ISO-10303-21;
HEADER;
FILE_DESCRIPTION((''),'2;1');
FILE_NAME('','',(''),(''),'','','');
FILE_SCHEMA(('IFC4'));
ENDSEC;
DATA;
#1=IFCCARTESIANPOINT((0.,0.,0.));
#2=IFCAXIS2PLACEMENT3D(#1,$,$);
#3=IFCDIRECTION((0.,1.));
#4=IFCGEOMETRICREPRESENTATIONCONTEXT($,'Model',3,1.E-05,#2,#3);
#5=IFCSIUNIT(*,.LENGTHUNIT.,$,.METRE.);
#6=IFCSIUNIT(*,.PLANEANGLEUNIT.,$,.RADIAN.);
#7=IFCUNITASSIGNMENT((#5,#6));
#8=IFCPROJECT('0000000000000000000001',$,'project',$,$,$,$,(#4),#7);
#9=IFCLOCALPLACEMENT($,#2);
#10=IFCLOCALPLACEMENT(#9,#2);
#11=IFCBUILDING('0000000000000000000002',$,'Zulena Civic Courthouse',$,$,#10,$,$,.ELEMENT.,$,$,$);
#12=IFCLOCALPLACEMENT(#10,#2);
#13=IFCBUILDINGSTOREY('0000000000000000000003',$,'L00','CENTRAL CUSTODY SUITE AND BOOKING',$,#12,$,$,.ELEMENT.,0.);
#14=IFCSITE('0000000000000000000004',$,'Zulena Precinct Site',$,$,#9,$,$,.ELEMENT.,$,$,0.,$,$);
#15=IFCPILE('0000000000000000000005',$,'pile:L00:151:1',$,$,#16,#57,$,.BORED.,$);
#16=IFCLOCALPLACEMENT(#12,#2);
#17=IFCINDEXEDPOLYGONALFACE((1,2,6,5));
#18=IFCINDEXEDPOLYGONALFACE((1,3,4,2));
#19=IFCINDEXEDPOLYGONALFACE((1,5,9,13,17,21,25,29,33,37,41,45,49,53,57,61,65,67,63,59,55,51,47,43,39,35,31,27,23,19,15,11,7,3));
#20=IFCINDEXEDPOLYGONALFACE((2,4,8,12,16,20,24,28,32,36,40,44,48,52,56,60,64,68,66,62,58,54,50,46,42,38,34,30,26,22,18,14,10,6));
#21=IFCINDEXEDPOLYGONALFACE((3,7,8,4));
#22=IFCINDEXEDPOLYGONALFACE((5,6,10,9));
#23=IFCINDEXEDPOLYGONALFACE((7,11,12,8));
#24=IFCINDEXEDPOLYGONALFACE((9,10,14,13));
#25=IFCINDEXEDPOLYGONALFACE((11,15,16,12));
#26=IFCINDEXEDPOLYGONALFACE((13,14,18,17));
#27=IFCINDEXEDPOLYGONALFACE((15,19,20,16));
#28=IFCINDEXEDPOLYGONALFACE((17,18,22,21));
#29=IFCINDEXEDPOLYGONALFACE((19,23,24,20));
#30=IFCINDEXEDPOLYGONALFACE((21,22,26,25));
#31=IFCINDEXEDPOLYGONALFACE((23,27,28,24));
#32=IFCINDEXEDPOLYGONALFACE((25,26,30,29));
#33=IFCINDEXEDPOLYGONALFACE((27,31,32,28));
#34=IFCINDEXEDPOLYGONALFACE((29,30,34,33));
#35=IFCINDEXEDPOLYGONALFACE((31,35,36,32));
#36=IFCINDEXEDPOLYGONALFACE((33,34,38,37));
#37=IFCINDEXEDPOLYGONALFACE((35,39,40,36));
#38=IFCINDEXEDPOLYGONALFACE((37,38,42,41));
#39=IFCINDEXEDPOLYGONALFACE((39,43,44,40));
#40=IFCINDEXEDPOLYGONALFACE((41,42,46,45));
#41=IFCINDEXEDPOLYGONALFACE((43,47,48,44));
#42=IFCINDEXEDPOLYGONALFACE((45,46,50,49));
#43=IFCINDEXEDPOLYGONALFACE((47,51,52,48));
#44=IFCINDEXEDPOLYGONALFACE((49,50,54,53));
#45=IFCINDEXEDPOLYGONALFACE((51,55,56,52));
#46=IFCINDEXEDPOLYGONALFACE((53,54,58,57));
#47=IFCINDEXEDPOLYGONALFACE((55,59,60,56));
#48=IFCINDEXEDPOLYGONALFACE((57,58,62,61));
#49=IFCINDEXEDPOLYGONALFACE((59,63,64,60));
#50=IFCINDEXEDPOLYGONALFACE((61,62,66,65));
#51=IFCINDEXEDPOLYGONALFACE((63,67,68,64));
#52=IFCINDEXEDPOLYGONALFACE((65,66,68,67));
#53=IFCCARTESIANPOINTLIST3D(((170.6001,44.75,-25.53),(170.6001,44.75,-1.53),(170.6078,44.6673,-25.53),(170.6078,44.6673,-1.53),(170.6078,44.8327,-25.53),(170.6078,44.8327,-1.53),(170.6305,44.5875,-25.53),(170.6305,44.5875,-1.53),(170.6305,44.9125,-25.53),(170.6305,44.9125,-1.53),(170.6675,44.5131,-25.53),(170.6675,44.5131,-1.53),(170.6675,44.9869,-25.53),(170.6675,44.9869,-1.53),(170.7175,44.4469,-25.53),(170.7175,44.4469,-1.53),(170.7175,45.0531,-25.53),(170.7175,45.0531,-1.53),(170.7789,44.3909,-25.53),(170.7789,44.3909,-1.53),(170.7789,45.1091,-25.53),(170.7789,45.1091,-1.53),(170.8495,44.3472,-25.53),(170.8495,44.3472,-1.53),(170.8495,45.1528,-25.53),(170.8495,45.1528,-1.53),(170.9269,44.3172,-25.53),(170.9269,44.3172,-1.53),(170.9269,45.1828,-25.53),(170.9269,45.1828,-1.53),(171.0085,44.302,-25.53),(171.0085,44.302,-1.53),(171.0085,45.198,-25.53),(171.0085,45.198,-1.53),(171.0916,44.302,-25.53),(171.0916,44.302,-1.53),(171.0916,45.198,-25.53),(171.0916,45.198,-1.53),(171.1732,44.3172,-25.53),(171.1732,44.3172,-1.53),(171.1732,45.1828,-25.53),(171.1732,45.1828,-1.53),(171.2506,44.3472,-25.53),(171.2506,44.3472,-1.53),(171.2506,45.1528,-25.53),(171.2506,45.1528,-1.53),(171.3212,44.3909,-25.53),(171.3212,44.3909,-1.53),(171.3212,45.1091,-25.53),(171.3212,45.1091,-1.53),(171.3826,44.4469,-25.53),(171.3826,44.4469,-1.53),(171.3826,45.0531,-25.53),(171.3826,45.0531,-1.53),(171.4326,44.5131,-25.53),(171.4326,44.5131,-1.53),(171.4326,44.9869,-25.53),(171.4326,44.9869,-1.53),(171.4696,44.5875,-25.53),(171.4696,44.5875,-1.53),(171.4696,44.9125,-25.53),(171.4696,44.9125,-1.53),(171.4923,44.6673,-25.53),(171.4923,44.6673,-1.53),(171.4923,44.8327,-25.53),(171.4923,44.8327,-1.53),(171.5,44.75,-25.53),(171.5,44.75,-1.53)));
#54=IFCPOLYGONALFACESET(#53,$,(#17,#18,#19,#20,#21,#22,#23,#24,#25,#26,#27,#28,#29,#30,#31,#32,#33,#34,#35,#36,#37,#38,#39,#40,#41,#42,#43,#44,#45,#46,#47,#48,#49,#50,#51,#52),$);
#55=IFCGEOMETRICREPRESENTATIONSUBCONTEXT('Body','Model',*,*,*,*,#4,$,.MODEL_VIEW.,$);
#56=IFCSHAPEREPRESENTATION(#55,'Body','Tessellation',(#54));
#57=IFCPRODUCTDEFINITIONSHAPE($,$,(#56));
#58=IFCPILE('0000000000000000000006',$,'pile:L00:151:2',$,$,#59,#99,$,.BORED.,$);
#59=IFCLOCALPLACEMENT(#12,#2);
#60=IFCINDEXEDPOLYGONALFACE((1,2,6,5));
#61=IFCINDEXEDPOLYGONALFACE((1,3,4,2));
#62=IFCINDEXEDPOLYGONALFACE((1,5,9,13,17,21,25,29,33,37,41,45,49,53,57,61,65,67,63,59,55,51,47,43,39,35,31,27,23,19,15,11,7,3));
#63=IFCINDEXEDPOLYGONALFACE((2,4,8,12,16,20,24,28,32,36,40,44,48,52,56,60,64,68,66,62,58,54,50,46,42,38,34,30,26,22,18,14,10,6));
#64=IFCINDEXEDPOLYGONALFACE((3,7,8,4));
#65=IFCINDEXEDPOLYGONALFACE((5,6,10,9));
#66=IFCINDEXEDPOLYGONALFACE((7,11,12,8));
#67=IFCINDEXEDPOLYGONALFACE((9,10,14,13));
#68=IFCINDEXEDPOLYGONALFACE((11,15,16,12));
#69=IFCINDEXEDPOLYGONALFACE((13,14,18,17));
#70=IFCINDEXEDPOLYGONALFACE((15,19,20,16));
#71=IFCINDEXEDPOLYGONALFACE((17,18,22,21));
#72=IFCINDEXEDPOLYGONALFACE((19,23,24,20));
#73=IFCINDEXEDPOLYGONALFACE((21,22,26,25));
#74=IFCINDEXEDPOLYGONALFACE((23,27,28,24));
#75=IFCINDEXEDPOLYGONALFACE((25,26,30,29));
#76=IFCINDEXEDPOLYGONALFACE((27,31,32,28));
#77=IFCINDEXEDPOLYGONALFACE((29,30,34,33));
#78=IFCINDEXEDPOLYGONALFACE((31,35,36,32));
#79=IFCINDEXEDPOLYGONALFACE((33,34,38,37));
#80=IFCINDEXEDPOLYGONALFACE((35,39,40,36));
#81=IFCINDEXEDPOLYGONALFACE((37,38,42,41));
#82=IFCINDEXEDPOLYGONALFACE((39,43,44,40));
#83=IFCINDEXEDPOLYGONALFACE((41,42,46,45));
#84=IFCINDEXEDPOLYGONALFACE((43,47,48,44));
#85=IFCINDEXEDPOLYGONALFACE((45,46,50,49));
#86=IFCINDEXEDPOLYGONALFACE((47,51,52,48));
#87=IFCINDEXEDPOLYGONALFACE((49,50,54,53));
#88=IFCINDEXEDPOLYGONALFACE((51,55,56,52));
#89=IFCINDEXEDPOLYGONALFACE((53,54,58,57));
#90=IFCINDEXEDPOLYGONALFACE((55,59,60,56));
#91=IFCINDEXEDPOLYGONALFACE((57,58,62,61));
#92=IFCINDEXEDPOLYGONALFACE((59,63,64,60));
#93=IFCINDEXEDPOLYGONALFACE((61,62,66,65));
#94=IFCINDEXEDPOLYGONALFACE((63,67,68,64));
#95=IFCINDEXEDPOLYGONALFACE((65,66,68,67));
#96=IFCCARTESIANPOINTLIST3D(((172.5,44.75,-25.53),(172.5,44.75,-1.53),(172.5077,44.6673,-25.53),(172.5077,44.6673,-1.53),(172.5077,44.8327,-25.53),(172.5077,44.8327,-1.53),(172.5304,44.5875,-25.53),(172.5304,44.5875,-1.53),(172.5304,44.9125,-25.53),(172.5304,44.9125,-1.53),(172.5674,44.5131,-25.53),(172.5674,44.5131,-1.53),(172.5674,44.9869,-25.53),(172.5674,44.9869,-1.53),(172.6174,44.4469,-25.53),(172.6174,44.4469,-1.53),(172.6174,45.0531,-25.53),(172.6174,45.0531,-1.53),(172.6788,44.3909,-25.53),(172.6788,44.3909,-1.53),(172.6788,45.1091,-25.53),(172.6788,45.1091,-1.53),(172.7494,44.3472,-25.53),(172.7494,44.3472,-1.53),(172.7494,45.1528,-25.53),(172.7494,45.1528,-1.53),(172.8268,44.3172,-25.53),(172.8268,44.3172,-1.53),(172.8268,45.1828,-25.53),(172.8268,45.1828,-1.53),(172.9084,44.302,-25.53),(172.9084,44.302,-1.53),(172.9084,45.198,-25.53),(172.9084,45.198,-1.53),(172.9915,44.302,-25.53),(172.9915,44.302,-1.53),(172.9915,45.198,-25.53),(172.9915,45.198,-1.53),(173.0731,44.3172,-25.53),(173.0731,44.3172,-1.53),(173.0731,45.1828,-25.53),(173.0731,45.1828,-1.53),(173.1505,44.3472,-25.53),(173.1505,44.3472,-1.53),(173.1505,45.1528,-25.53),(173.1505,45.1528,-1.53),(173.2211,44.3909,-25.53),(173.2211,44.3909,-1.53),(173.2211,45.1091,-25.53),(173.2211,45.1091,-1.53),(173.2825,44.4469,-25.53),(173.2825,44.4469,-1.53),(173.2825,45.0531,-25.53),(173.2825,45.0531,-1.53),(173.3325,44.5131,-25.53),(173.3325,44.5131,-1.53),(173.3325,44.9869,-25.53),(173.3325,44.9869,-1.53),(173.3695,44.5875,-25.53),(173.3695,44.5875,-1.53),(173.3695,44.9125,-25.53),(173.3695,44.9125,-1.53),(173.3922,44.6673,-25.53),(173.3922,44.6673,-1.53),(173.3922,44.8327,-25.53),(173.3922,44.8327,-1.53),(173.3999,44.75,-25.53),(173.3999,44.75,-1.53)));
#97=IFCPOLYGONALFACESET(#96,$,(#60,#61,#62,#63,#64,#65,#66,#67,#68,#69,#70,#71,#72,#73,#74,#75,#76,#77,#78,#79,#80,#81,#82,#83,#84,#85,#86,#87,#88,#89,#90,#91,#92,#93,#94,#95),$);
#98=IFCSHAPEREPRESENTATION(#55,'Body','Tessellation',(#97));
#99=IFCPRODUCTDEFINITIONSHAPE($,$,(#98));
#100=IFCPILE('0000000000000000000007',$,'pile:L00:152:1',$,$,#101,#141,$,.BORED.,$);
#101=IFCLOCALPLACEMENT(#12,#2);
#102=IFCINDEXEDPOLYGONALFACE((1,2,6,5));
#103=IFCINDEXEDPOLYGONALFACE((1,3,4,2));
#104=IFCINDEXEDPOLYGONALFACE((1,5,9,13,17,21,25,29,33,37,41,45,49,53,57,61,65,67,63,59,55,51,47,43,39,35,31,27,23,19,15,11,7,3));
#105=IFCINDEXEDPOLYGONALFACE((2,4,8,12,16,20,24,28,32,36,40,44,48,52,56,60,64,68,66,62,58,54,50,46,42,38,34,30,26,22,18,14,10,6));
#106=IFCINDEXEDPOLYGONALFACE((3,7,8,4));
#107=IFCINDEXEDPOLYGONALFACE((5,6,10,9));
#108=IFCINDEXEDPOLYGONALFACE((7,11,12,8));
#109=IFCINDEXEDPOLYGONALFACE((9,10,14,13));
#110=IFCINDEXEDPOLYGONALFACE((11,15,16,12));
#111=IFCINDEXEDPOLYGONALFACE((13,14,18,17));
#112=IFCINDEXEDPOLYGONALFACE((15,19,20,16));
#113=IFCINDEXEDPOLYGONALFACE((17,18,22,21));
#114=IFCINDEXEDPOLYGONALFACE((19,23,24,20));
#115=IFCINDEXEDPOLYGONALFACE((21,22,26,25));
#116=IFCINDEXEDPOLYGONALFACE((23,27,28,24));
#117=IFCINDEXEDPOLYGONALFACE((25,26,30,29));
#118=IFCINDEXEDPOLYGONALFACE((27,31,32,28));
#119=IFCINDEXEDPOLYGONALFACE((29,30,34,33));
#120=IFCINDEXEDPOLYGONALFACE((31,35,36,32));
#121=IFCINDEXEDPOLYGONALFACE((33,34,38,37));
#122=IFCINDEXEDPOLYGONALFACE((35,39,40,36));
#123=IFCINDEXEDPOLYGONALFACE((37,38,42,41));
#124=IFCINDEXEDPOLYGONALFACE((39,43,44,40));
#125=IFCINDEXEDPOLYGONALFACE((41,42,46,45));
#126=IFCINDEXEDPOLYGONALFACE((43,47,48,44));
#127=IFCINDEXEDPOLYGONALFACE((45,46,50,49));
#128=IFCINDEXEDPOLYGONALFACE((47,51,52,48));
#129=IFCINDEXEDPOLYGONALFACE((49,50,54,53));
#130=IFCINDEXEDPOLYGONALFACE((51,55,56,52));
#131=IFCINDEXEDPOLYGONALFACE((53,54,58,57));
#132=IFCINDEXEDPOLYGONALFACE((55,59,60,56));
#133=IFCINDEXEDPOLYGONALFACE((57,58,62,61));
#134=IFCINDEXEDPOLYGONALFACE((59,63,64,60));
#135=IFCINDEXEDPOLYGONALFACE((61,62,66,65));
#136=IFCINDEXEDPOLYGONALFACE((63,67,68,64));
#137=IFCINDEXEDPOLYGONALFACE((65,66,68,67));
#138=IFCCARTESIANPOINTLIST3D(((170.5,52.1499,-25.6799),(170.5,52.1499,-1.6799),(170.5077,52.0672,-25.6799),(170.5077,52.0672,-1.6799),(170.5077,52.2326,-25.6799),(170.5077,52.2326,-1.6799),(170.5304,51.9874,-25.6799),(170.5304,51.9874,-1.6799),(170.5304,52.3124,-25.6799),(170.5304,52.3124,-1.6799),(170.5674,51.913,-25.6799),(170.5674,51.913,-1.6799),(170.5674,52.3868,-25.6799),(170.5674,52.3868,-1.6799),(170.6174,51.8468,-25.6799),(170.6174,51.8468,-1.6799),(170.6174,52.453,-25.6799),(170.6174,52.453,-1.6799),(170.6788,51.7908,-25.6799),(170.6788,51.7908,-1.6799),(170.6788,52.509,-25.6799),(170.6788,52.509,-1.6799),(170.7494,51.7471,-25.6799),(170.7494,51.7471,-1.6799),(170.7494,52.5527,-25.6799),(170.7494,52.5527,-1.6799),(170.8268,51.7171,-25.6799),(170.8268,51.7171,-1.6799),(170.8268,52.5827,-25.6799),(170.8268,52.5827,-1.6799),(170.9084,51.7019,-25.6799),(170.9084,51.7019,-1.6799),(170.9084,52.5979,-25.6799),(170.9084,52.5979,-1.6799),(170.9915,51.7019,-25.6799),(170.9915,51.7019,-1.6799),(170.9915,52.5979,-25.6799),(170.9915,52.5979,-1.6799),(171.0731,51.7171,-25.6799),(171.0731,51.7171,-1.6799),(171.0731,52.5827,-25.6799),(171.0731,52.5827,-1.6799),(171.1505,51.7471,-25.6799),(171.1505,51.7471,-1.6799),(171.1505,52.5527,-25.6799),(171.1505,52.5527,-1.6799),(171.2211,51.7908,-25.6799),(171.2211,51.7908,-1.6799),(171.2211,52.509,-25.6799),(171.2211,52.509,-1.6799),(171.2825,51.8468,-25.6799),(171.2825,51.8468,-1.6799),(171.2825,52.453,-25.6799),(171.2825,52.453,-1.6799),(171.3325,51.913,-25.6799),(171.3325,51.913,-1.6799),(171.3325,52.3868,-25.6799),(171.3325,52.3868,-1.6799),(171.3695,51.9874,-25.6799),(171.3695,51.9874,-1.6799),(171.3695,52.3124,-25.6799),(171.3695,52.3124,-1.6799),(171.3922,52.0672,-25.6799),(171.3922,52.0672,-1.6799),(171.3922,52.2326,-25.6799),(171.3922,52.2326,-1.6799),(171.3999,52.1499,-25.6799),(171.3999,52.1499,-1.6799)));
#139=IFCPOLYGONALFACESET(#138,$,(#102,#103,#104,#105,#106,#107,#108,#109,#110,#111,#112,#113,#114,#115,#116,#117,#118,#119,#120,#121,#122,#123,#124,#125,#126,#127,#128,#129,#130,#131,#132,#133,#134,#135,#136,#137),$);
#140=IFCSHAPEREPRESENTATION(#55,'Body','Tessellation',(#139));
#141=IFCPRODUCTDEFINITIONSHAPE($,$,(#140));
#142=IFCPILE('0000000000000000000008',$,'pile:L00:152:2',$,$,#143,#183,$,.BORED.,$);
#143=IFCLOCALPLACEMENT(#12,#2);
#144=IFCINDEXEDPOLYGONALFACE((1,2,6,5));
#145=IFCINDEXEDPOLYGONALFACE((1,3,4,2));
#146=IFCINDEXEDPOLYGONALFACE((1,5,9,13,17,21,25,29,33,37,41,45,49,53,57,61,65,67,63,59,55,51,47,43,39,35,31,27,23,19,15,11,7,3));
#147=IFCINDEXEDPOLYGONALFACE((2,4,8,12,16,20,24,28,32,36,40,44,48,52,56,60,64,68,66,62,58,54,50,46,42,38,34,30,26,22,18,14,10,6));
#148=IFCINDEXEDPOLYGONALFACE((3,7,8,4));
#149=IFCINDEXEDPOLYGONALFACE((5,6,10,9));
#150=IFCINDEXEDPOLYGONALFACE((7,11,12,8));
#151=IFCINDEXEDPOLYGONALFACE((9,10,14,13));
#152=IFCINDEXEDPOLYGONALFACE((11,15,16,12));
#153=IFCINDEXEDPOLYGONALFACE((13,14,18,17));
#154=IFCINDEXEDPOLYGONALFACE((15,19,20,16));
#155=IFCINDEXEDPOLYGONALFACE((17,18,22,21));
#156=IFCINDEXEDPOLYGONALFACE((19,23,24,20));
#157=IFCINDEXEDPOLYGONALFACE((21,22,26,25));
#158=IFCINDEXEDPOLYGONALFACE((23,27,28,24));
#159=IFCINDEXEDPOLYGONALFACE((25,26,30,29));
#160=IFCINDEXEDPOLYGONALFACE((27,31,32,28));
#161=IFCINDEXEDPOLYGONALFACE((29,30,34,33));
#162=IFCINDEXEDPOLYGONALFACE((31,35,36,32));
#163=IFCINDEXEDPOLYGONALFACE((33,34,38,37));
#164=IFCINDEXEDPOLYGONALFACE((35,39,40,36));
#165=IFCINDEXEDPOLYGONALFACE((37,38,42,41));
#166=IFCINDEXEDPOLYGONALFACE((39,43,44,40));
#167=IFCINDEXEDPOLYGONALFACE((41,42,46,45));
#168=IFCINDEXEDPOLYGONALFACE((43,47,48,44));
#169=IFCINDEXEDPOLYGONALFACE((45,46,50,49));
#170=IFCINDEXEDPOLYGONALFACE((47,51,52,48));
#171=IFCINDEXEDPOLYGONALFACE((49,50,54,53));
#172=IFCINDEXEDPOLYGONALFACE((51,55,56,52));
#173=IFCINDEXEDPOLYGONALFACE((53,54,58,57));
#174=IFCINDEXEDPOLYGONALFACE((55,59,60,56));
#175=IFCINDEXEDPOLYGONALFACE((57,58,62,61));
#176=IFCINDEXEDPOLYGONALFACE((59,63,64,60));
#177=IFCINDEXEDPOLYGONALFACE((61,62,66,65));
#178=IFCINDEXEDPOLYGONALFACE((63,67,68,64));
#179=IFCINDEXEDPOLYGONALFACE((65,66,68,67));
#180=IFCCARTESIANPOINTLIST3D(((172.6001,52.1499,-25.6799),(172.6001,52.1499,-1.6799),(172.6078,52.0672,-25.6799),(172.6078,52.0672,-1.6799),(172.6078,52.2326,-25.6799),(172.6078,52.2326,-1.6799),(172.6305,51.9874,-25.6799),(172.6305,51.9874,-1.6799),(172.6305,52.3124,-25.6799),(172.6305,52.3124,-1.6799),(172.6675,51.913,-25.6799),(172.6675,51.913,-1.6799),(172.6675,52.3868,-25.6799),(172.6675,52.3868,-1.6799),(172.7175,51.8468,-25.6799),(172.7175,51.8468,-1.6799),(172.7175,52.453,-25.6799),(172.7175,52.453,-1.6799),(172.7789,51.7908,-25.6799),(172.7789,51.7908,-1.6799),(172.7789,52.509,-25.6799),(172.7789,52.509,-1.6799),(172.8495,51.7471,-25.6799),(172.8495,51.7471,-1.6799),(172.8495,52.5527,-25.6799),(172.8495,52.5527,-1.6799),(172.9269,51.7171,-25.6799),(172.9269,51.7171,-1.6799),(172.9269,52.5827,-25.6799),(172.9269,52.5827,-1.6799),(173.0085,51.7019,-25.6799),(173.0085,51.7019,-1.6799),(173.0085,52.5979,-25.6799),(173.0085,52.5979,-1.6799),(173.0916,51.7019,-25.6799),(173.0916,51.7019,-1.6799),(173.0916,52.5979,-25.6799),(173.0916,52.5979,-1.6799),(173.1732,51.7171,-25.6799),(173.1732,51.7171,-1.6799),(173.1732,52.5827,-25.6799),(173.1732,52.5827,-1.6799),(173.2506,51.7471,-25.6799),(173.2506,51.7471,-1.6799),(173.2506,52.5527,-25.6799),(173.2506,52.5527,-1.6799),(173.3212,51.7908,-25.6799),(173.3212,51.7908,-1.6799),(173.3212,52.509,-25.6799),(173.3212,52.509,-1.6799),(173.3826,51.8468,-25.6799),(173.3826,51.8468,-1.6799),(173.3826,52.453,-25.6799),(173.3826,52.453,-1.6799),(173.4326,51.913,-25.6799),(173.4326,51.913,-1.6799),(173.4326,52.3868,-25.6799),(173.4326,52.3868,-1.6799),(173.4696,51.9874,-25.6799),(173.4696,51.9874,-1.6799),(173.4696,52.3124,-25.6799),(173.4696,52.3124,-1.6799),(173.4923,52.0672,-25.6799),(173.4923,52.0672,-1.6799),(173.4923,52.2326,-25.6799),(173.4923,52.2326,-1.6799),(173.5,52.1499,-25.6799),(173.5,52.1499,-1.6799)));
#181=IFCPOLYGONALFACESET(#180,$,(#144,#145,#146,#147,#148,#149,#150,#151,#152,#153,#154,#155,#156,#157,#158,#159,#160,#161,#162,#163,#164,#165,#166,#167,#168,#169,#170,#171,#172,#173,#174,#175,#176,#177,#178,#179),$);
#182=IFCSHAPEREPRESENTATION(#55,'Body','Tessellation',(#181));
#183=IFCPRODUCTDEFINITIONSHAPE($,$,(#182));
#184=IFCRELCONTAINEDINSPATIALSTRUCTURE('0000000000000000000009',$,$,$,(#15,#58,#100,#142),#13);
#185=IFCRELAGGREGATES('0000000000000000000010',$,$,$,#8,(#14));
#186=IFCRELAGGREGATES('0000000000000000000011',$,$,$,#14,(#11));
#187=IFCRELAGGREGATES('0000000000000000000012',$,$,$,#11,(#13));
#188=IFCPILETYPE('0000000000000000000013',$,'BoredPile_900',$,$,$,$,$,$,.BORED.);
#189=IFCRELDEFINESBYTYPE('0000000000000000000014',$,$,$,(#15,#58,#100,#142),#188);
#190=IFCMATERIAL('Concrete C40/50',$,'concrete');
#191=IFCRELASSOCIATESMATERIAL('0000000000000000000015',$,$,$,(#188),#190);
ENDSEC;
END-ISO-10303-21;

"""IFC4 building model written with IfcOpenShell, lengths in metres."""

from ifc_helpers import new_model, si_unit, direction, frame, origin, origin_2d, place, context, subcontext, project, spatial, circle, extrude, material, material_profile, profile_set, type_object, element, save


model = new_model("IFC4")

# Units and contexts
model_context = context("Model", 3, precision=1e-05, world=origin(), true_north=direction((0.0, 1.0)))
body_context = subcontext(model_context, "Body", "Model", "MODEL_VIEW")
ifc_project = project(units=[si_unit("LENGTHUNIT", "METRE"), si_unit("PLANEANGLEUNIT", "RADIAN")], contexts=[model_context])

# Site, building, storey
site_placement = place(None, origin())
site = spatial("IfcSite", under=ifc_project, at=site_placement, Name="Zulena Precinct Site", CompositionType="ELEMENT", RefElevation=0.0)
building_placement = place(site_placement, origin())
building = spatial("IfcBuilding", under=site, at=building_placement, Name="Zulena Civic Courthouse", CompositionType="ELEMENT")
storey_placement = place(building_placement, origin())
storey = spatial("IfcBuildingStorey", under=building, at=storey_placement, Name="L00", Description="CENTRAL CUSTODY SUITE AND BOOKING", CompositionType="ELEMENT", Elevation=0.0)

# Piles
ifc_material_1 = material(Name="Concrete C40/50", Category="concrete")
ifc_material_profile_1 = material_profile(ifc_material_1, circle(Radius=0.45, at=origin_2d()), Name="PILE900")
ifc_profile_set_1 = profile_set([ifc_material_profile_1], Name="Concrete C40/50")
pile_type = type_object("IfcPileType", Name="BoredPile_900", PredefinedType="BORED", material=ifc_profile_set_1)
for number, where, z_axis, x_axis, name in (
    (1, (171.05, 44.75, -1.53), (0.0, 0.0, -1.0), (1.0, 0.0, 0.0), "pile:L00:151:1"),
    (2, (172.95, 44.75, -1.53), (0.0, 0.0, -1.0), (1.0, 0.0, 0.0), "pile:L00:151:2"),
    (3, (170.95, 52.1499, -1.6799), (0.0, 0.0, -1.0), (1.0, 0.0, 0.0), "pile:L00:152:1"),
    (4, (173.05, 52.1499, -1.6799), (0.0, 0.0, -1.0), (1.0, 0.0, 0.0), "pile:L00:152:2"),
):
    element("IfcPile", number, at=place(storey_placement, frame(where, z_axis=z_axis, x_axis=x_axis)), inside=storey, type_object=pile_type, Name=name, PredefinedType="BORED", context=body_context, shape_type="SweptSolid", body=[
        extrude(circle(Radius=0.45, at=origin_2d()), origin(), (0.0, 0.0, 1.0), 24.0),
    ])

save(model, "model.ifc")
